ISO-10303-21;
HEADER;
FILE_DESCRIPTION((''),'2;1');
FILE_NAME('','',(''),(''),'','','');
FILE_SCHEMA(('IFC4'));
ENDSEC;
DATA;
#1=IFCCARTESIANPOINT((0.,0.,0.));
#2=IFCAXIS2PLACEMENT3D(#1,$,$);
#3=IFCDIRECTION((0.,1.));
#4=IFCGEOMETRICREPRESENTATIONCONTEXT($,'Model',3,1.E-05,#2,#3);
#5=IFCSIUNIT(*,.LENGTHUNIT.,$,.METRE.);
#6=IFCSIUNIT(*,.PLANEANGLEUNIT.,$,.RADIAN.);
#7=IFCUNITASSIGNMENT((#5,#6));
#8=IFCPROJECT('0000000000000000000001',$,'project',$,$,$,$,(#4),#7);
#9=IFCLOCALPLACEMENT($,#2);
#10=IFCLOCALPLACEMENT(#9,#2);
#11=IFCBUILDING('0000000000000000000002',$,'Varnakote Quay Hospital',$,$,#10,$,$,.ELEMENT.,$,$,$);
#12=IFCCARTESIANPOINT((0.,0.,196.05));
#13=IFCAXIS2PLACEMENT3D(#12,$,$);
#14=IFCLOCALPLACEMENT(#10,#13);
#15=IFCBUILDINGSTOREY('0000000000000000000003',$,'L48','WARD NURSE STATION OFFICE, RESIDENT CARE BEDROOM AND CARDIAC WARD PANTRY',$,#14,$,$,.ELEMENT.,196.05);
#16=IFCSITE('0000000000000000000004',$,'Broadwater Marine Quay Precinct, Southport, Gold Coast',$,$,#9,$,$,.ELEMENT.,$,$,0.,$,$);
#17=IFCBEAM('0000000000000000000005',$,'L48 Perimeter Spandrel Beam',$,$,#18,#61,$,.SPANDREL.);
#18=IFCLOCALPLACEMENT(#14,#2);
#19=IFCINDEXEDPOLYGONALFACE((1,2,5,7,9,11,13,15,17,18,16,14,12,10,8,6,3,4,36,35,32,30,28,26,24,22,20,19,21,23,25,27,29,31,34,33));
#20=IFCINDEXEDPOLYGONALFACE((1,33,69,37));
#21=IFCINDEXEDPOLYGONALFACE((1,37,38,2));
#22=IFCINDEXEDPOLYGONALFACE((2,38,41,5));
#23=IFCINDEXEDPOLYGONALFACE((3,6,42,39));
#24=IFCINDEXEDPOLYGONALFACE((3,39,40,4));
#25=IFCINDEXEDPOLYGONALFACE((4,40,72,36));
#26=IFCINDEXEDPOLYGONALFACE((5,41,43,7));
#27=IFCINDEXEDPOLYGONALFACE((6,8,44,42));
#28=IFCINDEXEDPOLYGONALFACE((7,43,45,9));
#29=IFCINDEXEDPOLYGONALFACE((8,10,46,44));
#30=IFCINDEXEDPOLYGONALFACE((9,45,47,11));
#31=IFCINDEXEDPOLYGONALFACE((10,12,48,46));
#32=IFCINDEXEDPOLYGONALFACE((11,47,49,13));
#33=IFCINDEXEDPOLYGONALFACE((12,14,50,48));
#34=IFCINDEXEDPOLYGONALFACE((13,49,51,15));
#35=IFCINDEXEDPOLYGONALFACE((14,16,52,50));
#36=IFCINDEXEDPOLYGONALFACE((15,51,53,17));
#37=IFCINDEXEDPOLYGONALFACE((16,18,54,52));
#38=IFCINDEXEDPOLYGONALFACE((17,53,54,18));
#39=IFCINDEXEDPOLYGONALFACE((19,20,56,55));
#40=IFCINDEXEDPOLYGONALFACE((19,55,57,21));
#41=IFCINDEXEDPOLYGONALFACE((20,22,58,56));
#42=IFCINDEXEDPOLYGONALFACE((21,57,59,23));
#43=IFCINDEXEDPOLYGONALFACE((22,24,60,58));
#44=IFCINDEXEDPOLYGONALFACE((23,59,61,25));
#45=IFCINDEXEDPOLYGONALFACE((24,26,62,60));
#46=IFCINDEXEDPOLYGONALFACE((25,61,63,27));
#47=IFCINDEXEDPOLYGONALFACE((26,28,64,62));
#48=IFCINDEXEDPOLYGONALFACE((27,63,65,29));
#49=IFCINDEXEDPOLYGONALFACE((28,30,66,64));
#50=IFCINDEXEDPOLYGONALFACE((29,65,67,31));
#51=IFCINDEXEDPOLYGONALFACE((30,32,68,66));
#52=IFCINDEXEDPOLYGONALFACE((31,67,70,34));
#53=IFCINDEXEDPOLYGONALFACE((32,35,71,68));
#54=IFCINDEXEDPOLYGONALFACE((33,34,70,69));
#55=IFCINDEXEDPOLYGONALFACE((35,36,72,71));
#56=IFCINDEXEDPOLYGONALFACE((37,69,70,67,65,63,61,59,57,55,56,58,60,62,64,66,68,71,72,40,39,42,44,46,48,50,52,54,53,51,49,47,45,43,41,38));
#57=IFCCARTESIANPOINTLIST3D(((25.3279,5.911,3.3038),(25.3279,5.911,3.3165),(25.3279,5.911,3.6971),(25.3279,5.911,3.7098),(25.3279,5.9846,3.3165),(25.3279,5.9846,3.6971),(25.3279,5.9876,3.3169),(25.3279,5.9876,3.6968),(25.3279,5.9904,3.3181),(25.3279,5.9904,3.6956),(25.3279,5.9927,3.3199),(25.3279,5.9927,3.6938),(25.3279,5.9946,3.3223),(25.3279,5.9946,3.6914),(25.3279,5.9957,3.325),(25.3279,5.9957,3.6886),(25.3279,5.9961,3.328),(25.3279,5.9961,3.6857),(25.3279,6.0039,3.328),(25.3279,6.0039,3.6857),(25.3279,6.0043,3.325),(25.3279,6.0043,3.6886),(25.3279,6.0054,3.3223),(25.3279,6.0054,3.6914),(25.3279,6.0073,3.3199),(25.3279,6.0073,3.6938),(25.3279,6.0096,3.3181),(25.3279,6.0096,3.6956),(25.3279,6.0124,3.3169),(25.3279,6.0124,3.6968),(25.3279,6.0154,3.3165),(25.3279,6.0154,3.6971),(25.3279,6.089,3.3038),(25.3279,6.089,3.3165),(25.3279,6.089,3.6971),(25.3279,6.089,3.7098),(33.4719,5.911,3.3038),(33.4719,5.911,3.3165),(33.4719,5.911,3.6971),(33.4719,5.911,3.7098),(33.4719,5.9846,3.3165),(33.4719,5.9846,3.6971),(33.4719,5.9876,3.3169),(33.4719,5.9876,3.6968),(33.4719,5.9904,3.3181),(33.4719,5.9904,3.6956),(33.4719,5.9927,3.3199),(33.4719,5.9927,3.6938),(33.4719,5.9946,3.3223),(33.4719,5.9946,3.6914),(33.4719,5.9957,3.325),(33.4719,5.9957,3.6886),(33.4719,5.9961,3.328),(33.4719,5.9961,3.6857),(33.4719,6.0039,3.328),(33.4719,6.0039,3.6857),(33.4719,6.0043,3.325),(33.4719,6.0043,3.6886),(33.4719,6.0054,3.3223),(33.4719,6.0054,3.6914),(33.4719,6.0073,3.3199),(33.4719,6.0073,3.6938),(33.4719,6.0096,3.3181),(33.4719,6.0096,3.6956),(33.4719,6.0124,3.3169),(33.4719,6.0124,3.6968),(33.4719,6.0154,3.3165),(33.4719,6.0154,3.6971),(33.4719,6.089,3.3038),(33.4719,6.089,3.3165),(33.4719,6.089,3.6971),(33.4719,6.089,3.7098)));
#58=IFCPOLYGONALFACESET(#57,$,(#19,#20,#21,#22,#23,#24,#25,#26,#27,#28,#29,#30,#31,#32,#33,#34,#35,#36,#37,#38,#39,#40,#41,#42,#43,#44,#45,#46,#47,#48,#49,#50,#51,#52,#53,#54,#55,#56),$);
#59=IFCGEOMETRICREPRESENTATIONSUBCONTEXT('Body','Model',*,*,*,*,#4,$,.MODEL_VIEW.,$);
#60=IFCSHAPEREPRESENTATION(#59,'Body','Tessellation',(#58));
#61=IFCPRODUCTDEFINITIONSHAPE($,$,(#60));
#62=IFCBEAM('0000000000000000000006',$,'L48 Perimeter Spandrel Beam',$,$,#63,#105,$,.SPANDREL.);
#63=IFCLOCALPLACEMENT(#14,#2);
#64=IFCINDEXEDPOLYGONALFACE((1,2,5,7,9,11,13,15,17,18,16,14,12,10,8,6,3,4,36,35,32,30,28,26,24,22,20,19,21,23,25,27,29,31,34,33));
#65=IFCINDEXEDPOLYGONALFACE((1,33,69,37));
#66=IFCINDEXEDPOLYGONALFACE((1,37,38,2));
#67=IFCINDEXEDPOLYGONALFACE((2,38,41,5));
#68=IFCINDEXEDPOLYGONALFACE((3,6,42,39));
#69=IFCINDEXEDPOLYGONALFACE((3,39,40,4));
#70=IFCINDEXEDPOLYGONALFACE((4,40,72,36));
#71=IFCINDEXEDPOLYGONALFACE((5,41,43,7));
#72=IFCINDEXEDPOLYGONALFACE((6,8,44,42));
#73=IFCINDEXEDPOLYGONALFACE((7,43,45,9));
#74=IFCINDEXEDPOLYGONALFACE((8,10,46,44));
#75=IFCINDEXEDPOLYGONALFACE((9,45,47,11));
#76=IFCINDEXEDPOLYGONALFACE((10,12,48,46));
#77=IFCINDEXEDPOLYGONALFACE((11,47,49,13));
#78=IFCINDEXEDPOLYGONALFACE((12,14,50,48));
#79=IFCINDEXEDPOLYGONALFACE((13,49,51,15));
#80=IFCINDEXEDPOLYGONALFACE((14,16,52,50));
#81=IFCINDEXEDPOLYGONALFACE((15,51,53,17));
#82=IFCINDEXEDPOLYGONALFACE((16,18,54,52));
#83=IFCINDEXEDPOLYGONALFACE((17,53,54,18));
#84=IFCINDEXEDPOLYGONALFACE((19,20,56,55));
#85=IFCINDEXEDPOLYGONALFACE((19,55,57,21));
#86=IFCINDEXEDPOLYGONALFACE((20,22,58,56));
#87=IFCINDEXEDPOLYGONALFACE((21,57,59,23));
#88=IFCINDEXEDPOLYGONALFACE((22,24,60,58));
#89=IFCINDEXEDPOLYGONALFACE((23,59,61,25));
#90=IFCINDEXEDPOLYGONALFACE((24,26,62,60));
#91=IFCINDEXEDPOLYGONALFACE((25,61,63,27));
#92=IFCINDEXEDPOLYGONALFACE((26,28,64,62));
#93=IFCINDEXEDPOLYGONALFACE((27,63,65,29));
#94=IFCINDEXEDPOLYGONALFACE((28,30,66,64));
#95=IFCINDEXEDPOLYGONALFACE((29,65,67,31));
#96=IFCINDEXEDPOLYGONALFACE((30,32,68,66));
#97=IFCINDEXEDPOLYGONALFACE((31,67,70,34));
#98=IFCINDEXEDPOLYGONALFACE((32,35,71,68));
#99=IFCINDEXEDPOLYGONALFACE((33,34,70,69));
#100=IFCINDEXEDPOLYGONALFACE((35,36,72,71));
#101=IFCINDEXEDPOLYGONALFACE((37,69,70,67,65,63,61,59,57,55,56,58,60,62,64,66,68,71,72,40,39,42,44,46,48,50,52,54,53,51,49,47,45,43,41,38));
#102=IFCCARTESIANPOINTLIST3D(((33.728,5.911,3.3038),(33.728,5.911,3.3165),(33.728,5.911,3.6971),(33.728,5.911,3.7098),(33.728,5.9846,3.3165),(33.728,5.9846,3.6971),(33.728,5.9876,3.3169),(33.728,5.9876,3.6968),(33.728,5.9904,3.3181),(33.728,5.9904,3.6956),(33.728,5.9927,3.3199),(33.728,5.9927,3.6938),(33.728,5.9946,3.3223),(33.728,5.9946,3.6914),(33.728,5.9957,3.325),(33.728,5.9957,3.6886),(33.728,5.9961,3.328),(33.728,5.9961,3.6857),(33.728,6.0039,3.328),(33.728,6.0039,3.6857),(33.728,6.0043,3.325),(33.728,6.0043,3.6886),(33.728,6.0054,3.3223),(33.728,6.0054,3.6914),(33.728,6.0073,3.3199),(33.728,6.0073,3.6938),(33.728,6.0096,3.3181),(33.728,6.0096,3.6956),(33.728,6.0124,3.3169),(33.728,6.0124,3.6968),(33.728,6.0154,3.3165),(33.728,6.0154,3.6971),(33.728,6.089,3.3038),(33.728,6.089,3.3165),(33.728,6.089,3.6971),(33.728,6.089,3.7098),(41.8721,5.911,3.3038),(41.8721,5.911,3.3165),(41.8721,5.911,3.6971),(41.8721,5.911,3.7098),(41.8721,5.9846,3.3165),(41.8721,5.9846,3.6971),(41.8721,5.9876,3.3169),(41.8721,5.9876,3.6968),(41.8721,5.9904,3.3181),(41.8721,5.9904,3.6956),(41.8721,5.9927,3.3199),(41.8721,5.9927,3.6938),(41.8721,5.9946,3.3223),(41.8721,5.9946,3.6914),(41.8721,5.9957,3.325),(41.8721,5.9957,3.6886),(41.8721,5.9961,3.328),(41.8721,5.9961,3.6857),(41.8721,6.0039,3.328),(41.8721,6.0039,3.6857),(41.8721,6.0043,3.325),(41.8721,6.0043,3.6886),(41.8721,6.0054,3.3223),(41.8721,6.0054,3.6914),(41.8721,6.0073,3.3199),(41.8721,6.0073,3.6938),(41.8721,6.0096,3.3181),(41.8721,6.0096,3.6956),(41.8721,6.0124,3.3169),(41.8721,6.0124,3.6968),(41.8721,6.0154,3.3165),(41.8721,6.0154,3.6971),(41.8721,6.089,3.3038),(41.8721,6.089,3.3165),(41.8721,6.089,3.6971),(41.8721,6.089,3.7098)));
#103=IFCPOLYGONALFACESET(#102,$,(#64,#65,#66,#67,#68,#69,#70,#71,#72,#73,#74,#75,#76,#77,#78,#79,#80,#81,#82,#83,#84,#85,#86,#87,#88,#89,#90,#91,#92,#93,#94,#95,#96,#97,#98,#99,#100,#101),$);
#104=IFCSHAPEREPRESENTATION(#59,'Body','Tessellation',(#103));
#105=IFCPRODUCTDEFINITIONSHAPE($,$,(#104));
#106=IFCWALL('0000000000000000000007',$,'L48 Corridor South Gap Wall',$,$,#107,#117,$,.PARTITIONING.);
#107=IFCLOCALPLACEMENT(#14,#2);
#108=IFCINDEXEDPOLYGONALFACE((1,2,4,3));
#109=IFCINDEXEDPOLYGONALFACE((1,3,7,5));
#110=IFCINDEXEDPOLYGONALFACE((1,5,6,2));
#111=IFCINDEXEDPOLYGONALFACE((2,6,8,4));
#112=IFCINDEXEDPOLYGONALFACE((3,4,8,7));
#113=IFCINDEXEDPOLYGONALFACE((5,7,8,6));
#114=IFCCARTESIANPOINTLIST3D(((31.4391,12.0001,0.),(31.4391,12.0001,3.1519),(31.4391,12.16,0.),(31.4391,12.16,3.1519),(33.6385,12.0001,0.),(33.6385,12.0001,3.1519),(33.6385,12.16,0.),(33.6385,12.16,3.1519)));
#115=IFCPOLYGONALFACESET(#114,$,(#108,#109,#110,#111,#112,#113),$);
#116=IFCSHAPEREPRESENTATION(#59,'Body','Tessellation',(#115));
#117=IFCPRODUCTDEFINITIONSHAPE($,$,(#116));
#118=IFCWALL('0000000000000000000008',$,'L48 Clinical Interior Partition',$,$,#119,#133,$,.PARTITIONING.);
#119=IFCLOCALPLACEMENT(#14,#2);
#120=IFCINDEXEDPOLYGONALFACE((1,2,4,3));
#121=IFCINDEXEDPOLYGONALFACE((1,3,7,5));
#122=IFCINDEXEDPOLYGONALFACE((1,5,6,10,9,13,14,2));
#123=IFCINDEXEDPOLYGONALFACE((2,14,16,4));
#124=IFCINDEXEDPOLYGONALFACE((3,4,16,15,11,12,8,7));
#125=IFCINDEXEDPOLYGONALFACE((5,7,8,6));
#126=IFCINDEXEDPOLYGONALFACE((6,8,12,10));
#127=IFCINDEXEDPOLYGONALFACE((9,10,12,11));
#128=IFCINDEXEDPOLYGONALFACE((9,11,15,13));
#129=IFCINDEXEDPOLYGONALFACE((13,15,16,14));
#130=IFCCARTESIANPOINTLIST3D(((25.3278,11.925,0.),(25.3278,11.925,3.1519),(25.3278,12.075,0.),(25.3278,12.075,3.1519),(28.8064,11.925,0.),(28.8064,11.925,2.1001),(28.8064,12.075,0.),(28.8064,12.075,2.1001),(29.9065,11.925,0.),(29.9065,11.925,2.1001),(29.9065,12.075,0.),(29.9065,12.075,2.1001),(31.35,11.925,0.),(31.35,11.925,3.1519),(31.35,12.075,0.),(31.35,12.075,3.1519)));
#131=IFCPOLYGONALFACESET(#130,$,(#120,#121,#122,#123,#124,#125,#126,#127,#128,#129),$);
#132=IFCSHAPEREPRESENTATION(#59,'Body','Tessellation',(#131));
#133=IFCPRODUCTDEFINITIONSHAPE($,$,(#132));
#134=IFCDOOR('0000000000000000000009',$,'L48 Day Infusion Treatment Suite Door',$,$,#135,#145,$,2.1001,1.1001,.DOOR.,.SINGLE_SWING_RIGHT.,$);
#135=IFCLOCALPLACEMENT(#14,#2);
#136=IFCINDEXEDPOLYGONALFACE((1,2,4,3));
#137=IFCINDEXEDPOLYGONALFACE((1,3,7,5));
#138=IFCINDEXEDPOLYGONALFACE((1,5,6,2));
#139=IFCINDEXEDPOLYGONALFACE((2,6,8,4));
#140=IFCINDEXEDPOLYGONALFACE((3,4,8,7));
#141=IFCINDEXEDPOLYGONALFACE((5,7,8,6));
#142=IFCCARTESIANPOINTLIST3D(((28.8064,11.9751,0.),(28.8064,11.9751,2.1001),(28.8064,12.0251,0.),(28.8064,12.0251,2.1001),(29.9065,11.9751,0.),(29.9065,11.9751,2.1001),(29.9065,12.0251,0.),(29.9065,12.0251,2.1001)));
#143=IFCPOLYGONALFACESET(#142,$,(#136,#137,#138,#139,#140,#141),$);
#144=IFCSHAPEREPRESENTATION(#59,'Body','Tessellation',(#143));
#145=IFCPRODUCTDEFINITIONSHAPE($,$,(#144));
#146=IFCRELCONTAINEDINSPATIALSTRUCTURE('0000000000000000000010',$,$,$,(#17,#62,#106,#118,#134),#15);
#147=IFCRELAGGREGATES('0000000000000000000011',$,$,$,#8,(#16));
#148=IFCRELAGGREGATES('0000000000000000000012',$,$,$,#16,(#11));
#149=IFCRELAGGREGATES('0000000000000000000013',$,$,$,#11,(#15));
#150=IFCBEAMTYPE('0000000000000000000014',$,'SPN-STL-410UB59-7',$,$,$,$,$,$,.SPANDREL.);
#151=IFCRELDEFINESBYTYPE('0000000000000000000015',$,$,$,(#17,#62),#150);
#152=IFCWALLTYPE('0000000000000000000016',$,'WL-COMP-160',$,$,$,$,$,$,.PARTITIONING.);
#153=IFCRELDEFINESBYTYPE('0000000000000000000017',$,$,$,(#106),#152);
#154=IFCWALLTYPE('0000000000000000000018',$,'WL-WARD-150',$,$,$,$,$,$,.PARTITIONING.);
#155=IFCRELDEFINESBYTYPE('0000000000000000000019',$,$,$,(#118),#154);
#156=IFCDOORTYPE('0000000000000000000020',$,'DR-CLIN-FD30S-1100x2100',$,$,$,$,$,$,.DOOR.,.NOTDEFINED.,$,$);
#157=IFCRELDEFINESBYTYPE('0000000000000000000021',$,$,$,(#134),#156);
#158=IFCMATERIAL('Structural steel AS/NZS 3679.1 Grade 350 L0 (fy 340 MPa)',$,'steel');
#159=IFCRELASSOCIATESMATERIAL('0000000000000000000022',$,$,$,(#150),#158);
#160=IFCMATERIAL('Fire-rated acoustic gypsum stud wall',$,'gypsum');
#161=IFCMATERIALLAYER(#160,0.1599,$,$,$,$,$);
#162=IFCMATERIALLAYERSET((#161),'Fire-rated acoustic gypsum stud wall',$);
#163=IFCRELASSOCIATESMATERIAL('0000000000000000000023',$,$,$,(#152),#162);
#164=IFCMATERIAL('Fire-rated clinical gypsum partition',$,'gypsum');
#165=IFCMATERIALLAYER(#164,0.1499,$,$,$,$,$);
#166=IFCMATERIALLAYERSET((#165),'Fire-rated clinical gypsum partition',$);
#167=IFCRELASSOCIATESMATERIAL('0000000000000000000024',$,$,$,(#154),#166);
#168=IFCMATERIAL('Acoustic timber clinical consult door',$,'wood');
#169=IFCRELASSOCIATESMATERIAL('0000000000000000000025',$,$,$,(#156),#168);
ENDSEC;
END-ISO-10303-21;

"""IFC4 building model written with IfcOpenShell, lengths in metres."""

from ifc_helpers import new_model, si_unit, direction, frame, frame_2d, origin, origin_2d, place, context, subcontext, project, spatial, rectangle, i_section, extrude, material, layer, layer_set, material_profile, profile_set, type_object, element, fill, save


model = new_model("IFC4")

# Units and contexts
model_context = context("Model", 3, precision=1e-05, world=origin(), true_north=direction((0.0, 1.0)))
body_context = subcontext(model_context, "Body", "Model", "MODEL_VIEW")
ifc_project = project(units=[si_unit("LENGTHUNIT", "METRE"), si_unit("PLANEANGLEUNIT", "RADIAN")], contexts=[model_context])

# Site, building, storey
site_placement = place(None, origin())
site = spatial("IfcSite", under=ifc_project, at=site_placement, Name="Broadwater Marine Quay Precinct, Southport, Gold Coast", CompositionType="ELEMENT", RefElevation=0.0)
building_placement = place(site_placement, origin())
building = spatial("IfcBuilding", under=site, at=building_placement, Name="Varnakote Quay Hospital", CompositionType="ELEMENT")
storey_placement = place(building_placement, frame((0.0, 0.0, 196.05)))
storey = spatial("IfcBuildingStorey", under=building, at=storey_placement, Name="L48", Description="WARD NURSE STATION OFFICE, RESIDENT CARE BEDROOM AND CARDIAC WARD PANTRY", CompositionType="ELEMENT", Elevation=196.05)

# Beams
ifc_material_1 = material(Name="Structural steel AS/NZS 3679.1 Grade 350 L0 (fy 340 MPa)", Category="steel")
ifc_material_profile_1 = material_profile(ifc_material_1, i_section(OverallWidth=0.178, OverallDepth=0.406, WebThickness=0.0078, FlangeThickness=0.0127, FilletRadius=0.0115, at=origin_2d()), Name="410UB59.7")
ifc_profile_set_1 = profile_set([ifc_material_profile_1], Name="Structural steel AS/NZS 3679.1 Grade 350 L0 (fy 340 MPa)")
beam_type_1 = type_object("IfcBeamType", Name="SPN-STL-410UB59-7", PredefinedType="SPANDREL", material=ifc_profile_set_1)
for number, where, z_axis, x_axis, name in (
    (1, (25.3279, 6.0, 3.5068), (1.0, 0.0, 0.0), (0.0, 1.0, 0.0), "L48 Perimeter Spandrel Beam"),
    (2, (33.728, 6.0, 3.5068), (1.0, 0.0, 0.0), (0.0, 1.0, 0.0), "L48 Perimeter Spandrel Beam"),
):
    element("IfcBeam", number, at=place(storey_placement, frame(where, z_axis=z_axis, x_axis=x_axis)), inside=storey, type_object=beam_type_1, Name=name, PredefinedType="SPANDREL", context=body_context, shape_type="SweptSolid", body=[
        extrude(i_section(OverallWidth=0.178, OverallDepth=0.406, WebThickness=0.0078, FlangeThickness=0.0127, FilletRadius=0.0115, at=origin_2d()), origin(), (0.0, 0.0, 1.0), 8.144),
    ])

# Wall
ifc_material_2 = material(Name="Fire-rated acoustic gypsum stud wall", Category="gypsum")
ifc_layer_1 = layer(ifc_material_2, 0.1599)
ifc_layer_set_1 = layer_set([ifc_layer_1], Name="Fire-rated acoustic gypsum stud wall")
wall_type_1 = type_object("IfcWallType", Name="WL-COMP-160", PredefinedType="PARTITIONING", material=ifc_layer_set_1)
wall_1_placement = place(storey_placement, frame((31.4392, 12.0801, 0.0), z_axis=(0.0, 0.0, 1.0), x_axis=(1.0, 0.0, 0.0)))
element("IfcWall", 3, at=wall_1_placement, inside=storey, type_object=wall_type_1, Name="L48 Corridor South Gap Wall", PredefinedType="PARTITIONING", context=body_context, shape_type="SweptSolid", body=[
    extrude(rectangle(XDim=2.1995, YDim=0.1599, at=frame_2d((1.0996, 0.0))), origin(), (0.0, 0.0, 1.0), 3.1519),
])

# Wall, opening, door
ifc_material_3 = material(Name="Fire-rated clinical gypsum partition", Category="gypsum")
ifc_layer_2 = layer(ifc_material_3, 0.1499)
ifc_layer_set_2 = layer_set([ifc_layer_2], Name="Fire-rated clinical gypsum partition")
wall_type_2 = type_object("IfcWallType", Name="WL-WARD-150", PredefinedType="PARTITIONING", material=ifc_layer_set_2)
wall_2_placement = place(storey_placement, frame((31.3501, 12.0, 0.0), z_axis=(0.0, 0.0, 1.0), x_axis=(-1.0, 0.0, 0.0)))
wall_2 = element("IfcWall", 4, at=wall_2_placement, inside=storey, type_object=wall_type_2, Name="L48 Clinical Interior Partition", PredefinedType="PARTITIONING", context=body_context, shape_type="SweptSolid", body=[
    extrude(rectangle(XDim=6.0222, YDim=0.1499, at=frame_2d((3.0112, 0.0))), origin(), (0.0, 0.0, 1.0), 3.1519),
])
opening_1_placement = place(wall_2_placement, frame((1.4436, 0.0, 0.0)))
opening_1 = element("IfcOpeningElement", 5, at=opening_1_placement, cuts=wall_2, PredefinedType="OPENING", context=body_context, shape_type="SweptSolid", body=[
    extrude(rectangle(XDim=1.1001, YDim=2.1001, at=frame_2d((0.55, 1.05))), frame((0.0, 0.085, 0.0), z_axis=(0.0, -1.0, 0.0), x_axis=(1.0, 0.0, 0.0)), (0.0, 0.0, 1.0), 0.1699),
])
ifc_material_4 = material(Name="Acoustic timber clinical consult door", Category="wood")
door_type_1 = type_object("IfcDoorType", Name="DR-CLIN-FD30S-1100x2100", OperationType="NOTDEFINED", PredefinedType="DOOR", material=ifc_material_4)
door_1_placement = place(opening_1_placement, origin())
door_1 = element("IfcDoor", 6, at=door_1_placement, inside=storey, type_object=door_type_1, Name="L48 Day Infusion Treatment Suite Door", OperationType="SINGLE_SWING_RIGHT", OverallHeight=2.1001, OverallWidth=1.1001, PredefinedType="DOOR", context=body_context, shape_type="SweptSolid", body=[
    extrude(rectangle(XDim=1.1001, YDim=2.1001, at=frame_2d((0.55, 1.05))), frame((0.0, 0.0249, 0.0), z_axis=(0.0, -1.0, 0.0), x_axis=(1.0, 0.0, 0.0)), (0.0, 0.0, 1.0), 0.05),
])
fill(opening_1, door_1)

save(model, "model.ifc")
